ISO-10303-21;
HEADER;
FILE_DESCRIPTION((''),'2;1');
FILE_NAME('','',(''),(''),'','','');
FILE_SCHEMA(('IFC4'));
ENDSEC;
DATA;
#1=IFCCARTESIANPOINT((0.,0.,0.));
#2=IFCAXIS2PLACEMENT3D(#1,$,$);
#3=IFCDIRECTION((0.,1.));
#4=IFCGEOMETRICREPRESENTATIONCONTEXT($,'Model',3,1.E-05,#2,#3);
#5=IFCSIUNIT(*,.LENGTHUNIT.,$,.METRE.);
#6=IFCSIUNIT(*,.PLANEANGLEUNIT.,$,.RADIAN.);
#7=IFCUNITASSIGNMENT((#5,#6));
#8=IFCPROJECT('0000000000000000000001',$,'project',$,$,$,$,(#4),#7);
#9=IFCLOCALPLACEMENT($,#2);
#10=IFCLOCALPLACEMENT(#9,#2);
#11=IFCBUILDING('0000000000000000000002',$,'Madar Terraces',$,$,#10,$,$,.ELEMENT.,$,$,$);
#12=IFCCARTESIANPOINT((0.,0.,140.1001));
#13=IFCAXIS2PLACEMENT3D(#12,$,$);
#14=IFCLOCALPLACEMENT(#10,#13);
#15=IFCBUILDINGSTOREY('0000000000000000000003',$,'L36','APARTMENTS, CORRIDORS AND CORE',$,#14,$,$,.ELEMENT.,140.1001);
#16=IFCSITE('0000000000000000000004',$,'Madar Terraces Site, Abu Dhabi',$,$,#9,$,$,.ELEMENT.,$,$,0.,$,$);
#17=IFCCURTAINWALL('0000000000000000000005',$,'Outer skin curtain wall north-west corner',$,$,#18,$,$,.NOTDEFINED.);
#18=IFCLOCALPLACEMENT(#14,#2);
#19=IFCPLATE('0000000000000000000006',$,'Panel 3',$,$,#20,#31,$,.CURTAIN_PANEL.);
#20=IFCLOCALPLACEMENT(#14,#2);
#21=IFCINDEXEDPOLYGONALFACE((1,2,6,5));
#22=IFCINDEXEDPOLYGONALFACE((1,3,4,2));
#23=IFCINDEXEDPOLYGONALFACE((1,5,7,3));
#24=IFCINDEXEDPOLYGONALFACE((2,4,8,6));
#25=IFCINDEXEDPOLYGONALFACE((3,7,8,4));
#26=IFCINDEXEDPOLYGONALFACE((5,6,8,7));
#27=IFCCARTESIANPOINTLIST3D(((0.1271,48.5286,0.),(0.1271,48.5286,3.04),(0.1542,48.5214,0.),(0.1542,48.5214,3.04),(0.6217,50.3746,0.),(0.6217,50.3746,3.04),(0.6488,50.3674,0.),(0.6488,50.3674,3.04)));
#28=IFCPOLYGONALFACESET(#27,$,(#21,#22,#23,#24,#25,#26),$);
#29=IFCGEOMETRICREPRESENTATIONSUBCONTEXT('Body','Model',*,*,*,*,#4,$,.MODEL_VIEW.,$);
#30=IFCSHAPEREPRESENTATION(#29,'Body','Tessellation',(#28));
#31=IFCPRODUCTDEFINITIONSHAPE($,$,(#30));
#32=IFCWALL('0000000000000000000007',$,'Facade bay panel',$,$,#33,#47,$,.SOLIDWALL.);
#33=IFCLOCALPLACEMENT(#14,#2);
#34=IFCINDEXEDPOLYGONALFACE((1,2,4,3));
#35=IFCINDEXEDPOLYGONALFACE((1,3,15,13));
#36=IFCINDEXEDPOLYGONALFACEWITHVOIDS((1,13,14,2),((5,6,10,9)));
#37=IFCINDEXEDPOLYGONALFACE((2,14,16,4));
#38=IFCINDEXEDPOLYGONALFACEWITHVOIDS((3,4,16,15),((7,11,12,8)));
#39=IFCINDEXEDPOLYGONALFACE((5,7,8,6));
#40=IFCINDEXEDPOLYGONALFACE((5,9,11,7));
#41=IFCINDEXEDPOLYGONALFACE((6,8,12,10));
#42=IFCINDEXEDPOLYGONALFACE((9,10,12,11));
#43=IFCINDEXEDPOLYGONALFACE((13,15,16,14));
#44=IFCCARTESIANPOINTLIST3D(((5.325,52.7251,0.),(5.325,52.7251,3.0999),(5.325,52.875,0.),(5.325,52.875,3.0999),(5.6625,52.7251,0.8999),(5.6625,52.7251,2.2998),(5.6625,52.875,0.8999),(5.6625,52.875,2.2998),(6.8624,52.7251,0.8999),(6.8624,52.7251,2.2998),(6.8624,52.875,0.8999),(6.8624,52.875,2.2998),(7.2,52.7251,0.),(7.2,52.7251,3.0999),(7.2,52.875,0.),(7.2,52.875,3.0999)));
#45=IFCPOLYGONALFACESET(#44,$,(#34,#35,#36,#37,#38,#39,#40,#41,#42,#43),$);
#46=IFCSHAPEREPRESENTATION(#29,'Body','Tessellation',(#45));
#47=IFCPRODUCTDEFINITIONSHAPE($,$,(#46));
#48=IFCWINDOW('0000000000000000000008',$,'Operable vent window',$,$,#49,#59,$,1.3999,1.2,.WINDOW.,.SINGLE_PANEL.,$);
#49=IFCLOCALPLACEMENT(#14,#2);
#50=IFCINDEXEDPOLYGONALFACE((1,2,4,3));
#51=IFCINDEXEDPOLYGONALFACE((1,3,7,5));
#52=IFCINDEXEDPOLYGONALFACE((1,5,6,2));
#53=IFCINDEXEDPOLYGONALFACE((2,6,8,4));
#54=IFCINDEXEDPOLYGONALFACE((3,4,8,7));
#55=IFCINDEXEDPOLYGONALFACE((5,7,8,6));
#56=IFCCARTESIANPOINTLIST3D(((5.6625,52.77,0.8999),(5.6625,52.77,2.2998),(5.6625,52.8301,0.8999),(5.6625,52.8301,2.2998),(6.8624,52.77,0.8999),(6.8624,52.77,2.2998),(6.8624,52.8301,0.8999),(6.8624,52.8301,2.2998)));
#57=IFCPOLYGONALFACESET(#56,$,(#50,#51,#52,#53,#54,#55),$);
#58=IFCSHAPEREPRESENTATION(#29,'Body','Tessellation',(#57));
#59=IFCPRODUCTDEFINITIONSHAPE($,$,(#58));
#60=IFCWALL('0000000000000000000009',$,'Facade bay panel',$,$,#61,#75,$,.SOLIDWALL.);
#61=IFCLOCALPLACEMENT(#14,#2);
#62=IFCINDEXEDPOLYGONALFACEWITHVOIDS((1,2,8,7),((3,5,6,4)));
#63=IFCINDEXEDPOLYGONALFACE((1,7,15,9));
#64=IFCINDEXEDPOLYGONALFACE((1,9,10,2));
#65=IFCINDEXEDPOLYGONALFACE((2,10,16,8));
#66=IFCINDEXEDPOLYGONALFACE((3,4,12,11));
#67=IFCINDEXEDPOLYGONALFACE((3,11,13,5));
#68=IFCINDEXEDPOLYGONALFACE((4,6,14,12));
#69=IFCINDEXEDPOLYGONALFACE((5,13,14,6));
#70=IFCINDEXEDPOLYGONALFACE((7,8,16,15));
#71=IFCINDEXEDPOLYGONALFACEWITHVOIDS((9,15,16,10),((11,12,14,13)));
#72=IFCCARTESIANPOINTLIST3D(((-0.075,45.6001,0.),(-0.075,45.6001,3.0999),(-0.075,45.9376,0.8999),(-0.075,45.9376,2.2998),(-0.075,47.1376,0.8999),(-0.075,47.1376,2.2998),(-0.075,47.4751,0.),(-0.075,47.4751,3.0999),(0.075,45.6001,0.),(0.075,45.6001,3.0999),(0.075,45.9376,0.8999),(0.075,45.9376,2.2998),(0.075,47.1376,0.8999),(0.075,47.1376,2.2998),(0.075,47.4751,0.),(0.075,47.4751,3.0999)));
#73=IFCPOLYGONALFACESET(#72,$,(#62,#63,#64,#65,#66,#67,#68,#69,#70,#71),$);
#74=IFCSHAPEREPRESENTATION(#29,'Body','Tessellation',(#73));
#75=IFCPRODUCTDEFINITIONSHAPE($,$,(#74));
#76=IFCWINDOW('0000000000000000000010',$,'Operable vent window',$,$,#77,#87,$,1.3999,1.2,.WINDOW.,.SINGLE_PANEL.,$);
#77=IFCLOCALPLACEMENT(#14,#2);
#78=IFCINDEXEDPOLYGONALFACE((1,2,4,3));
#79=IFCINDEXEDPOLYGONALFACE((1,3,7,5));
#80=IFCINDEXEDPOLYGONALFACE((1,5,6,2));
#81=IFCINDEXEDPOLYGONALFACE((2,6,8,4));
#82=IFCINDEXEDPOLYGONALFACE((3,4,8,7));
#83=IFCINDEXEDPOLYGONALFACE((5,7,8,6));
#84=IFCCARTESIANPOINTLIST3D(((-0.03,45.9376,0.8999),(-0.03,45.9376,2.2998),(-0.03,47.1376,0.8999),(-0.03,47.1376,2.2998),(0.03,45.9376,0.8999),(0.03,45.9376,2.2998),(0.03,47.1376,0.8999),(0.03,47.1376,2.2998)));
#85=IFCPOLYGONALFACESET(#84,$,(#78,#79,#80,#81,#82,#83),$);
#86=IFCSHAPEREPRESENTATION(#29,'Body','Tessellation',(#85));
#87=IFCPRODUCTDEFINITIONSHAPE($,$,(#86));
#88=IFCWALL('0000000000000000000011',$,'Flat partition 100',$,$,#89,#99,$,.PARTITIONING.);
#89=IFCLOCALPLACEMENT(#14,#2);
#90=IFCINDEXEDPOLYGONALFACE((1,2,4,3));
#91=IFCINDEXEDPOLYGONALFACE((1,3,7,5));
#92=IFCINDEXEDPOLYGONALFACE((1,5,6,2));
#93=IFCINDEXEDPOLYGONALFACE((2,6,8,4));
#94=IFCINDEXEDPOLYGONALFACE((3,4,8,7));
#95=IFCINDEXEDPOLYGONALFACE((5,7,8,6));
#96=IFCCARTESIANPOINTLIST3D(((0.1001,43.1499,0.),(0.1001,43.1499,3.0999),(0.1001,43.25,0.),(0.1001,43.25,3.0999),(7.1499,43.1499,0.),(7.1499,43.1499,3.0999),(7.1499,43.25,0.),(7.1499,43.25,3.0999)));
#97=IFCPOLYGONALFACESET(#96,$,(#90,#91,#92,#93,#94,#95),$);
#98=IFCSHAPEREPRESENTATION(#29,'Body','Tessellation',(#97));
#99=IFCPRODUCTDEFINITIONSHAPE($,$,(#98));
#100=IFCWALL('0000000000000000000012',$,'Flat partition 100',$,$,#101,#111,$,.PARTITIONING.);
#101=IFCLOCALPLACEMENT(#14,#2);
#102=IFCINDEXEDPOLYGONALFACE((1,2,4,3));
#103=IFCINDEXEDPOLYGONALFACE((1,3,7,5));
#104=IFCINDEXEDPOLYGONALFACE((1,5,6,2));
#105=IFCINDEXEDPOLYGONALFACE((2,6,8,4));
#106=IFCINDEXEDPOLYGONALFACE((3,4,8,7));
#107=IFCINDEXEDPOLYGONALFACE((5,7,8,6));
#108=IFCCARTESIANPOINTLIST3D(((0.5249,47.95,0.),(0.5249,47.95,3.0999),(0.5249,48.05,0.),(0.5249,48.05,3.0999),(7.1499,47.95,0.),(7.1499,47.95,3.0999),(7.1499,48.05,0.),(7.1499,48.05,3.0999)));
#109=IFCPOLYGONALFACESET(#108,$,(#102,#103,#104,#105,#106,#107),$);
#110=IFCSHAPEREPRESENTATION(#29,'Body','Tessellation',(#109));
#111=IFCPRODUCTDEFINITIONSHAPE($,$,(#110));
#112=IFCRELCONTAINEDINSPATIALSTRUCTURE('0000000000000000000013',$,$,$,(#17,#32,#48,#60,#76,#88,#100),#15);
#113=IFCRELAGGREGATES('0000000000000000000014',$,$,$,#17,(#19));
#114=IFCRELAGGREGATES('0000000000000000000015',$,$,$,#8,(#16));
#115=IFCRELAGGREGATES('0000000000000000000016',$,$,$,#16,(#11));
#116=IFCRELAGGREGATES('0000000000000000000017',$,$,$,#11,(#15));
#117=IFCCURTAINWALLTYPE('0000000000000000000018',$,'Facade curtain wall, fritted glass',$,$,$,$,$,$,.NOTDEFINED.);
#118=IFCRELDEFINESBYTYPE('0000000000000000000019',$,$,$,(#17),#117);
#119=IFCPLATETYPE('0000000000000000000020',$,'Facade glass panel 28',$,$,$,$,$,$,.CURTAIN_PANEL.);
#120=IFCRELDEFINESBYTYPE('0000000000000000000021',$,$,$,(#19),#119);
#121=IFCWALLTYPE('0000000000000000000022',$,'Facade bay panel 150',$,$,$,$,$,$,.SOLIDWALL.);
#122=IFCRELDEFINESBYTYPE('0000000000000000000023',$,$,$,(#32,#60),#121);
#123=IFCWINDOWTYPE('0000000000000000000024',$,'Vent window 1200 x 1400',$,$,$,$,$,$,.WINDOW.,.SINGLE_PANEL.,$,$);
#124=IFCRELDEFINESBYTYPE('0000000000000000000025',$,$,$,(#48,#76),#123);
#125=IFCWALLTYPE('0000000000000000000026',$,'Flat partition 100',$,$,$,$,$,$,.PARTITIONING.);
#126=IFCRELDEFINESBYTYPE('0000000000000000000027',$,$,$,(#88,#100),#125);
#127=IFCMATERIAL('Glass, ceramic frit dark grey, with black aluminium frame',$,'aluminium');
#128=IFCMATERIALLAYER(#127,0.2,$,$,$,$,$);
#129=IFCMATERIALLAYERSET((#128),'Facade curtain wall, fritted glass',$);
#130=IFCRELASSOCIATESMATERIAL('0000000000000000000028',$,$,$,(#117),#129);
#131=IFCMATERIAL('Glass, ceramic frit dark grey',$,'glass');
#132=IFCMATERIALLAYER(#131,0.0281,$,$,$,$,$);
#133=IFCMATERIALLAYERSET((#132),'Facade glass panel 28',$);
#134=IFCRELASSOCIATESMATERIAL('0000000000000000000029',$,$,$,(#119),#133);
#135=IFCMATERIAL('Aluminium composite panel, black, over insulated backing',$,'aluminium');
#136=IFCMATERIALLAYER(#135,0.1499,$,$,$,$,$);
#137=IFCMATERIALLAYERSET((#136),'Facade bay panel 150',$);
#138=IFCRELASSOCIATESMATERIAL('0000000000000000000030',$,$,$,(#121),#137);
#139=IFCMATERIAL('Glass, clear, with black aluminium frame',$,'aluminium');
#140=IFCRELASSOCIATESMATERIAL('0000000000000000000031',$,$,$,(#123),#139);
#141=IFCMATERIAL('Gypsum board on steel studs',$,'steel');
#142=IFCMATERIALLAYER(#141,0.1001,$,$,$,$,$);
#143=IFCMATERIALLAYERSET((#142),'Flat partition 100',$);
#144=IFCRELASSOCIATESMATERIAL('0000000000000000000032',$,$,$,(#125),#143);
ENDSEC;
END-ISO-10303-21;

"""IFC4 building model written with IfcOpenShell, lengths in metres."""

from ifc_helpers import new_model, si_unit, direction, frame, frame_2d, origin, origin_2d, place, context, subcontext, project, spatial, rectangle, extrude, material, layer, layer_set, type_object, element, fill, aggregate, save


model = new_model("IFC4")

# Units and contexts
model_context = context("Model", 3, precision=1e-05, world=origin(), true_north=direction((0.0, 1.0)))
body_context = subcontext(model_context, "Body", "Model", "MODEL_VIEW")
ifc_project = project(units=[si_unit("LENGTHUNIT", "METRE"), si_unit("PLANEANGLEUNIT", "RADIAN")], contexts=[model_context])

# Site, building, storey
site_placement = place(None, origin())
site = spatial("IfcSite", under=ifc_project, at=site_placement, Name="Madar Terraces Site, Abu Dhabi", CompositionType="ELEMENT", RefElevation=0.0)
building_placement = place(site_placement, origin())
building = spatial("IfcBuilding", under=site, at=building_placement, Name="Madar Terraces", CompositionType="ELEMENT")
storey_placement = place(building_placement, frame((0.0, 0.0, 140.1001)))
storey = spatial("IfcBuildingStorey", under=building, at=storey_placement, Name="L36", Description="APARTMENTS, CORRIDORS AND CORE", CompositionType="ELEMENT", Elevation=140.1001)

# Shared definitions
ifc_material_1 = material(Name="Glass, ceramic frit dark grey, with black aluminium frame", Category="aluminium")
ifc_layer_1 = layer(ifc_material_1, 0.2)
ifc_layer_set_1 = layer_set([ifc_layer_1], Name="Facade curtain wall, fritted glass")
curtain_wall_type = type_object("IfcCurtainWallType", Name="Facade curtain wall, fritted glass", PredefinedType="NOTDEFINED", material=ifc_layer_set_1)

# Curtain wall
curtain_wall_1_placement = place(storey_placement, origin())
curtain_wall_1 = element("IfcCurtainWall", 1, at=curtain_wall_1_placement, inside=storey, type_object=curtain_wall_type, Name="Outer skin curtain wall north-west corner", PredefinedType="NOTDEFINED")

# Plate
ifc_material_2 = material(Name="Glass, ceramic frit dark grey", Category="glass")
ifc_layer_2 = layer(ifc_material_2, 0.0281)
ifc_layer_set_2 = layer_set([ifc_layer_2], Name="Facade glass panel 28")
plate_type = type_object("IfcPlateType", Name="Facade glass panel 28", PredefinedType="CURTAIN_PANEL", material=ifc_layer_set_2)
plate_1_placement = place(storey_placement, frame((0.3879, 49.448, 0.0), z_axis=(0.0, 0.0, 1.0), x_axis=(-0.258819, -0.965926, 0.0)))
plate_1 = element("IfcPlate", 2, at=plate_1_placement, type_object=plate_type, Name="Panel 3", PredefinedType="CURTAIN_PANEL", context=body_context, shape_type="SweptSolid", body=[
    extrude(rectangle(XDim=1.9111, YDim=0.0281, at=origin_2d()), origin(), (0.0, 0.0, 1.0), 3.04),
])
aggregate(curtain_wall_1, [plate_1])

# Walls, openings, windows
ifc_material_3 = material(Name="Aluminium composite panel, black, over insulated backing", Category="aluminium")
ifc_layer_3 = layer(ifc_material_3, 0.1499)
ifc_layer_set_3 = layer_set([ifc_layer_3], Name="Facade bay panel 150")
wall_type_1 = type_object("IfcWallType", Name="Facade bay panel 150", PredefinedType="SOLIDWALL", material=ifc_layer_set_3)
wall_1_placement = place(storey_placement, frame((7.2, 52.8, 0.0), z_axis=(0.0, 0.0, 1.0), x_axis=(-1.0, 0.0, 0.0)))
wall_1 = element("IfcWall", 3, at=wall_1_placement, inside=storey, type_object=wall_type_1, Name="Facade bay panel", PredefinedType="SOLIDWALL", context=body_context, shape_type="SweptSolid", body=[
    extrude(rectangle(XDim=1.875, YDim=0.1499, at=frame_2d((0.9375, 0.0))), origin(), (0.0, 0.0, 1.0), 3.0999),
])
opening_1_placement = place(wall_1_placement, frame((0.3374, 0.0, 0.8999)))
opening_1 = element("IfcOpeningElement", 4, at=opening_1_placement, cuts=wall_1, PredefinedType="OPENING", context=body_context, shape_type="SweptSolid", body=[
    extrude(rectangle(XDim=1.2, YDim=1.3999, at=frame_2d((0.6001, 0.7))), frame((0.0, 0.085, 0.0), z_axis=(0.0, -1.0, 0.0), x_axis=(1.0, 0.0, 0.0)), (0.0, 0.0, 1.0), 0.1699),
])
ifc_material_4 = material(Name="Glass, clear, with black aluminium frame", Category="aluminium")
window_type = type_object("IfcWindowType", Name="Vent window 1200 x 1400", PartitioningType="SINGLE_PANEL", PredefinedType="WINDOW", material=ifc_material_4)
window_1_placement = place(opening_1_placement, origin())
window_1 = element("IfcWindow", 5, at=window_1_placement, inside=storey, type_object=window_type, Name="Operable vent window", OverallHeight=1.3999, OverallWidth=1.2, PartitioningType="SINGLE_PANEL", PredefinedType="WINDOW", context=body_context, shape_type="SweptSolid", body=[
    extrude(rectangle(XDim=1.2, YDim=1.3999, at=frame_2d((0.6001, 0.7))), frame((0.0, 0.03, 0.0), z_axis=(0.0, -1.0, 0.0), x_axis=(1.0, 0.0, 0.0)), (0.0, 0.0, 1.0), 0.0601),
])
fill(opening_1, window_1)
wall_2_placement = place(storey_placement, frame((0.0, 47.4751, 0.0), z_axis=(0.0, 0.0, 1.0), x_axis=(0.0, -1.0, 0.0)))
wall_2 = element("IfcWall", 6, at=wall_2_placement, inside=storey, type_object=wall_type_1, Name="Facade bay panel", PredefinedType="SOLIDWALL", context=body_context, shape_type="SweptSolid", body=[
    extrude(rectangle(XDim=1.875, YDim=0.1499, at=frame_2d((0.9375, 0.0))), origin(), (0.0, 0.0, 1.0), 3.0999),
])
opening_2_placement = place(wall_2_placement, frame((0.3374, 0.0, 0.8999)))
opening_2 = element("IfcOpeningElement", 7, at=opening_2_placement, cuts=wall_2, PredefinedType="OPENING", context=body_context, shape_type="SweptSolid", body=[
    extrude(rectangle(XDim=1.2, YDim=1.3999, at=frame_2d((0.6001, 0.7))), frame((0.0, 0.085, 0.0), z_axis=(0.0, -1.0, 0.0), x_axis=(1.0, 0.0, 0.0)), (0.0, 0.0, 1.0), 0.1699),
])
window_2_placement = place(opening_2_placement, origin())
window_2 = element("IfcWindow", 8, at=window_2_placement, inside=storey, type_object=window_type, Name="Operable vent window", OverallHeight=1.3999, OverallWidth=1.2, PartitioningType="SINGLE_PANEL", PredefinedType="WINDOW", context=body_context, shape_type="SweptSolid", body=[
    extrude(rectangle(XDim=1.2, YDim=1.3999, at=frame_2d((0.6001, 0.7))), frame((0.0, 0.03, 0.0), z_axis=(0.0, -1.0, 0.0), x_axis=(1.0, 0.0, 0.0)), (0.0, 0.0, 1.0), 0.0601),
])
fill(opening_2, window_2)

# Walls
ifc_material_5 = material(Name="Gypsum board on steel studs", Category="steel")
ifc_layer_4 = layer(ifc_material_5, 0.1001)
ifc_layer_set_4 = layer_set([ifc_layer_4], Name="Flat partition 100")
wall_type_2 = type_object("IfcWallType", Name="Flat partition 100", PredefinedType="PARTITIONING", material=ifc_layer_set_4)
wall_3_placement = place(storey_placement, frame((7.1499, 43.2, 0.0), z_axis=(0.0, 0.0, 1.0), x_axis=(-1.0, 0.0, 0.0)))
element("IfcWall", 9, at=wall_3_placement, inside=storey, type_object=wall_type_2, Name="Flat partition 100", PredefinedType="PARTITIONING", context=body_context, shape_type="SweptSolid", body=[
    extrude(rectangle(XDim=7.0498, YDim=0.1001, at=frame_2d((3.5249, 0.0))), origin(), (0.0, 0.0, 1.0), 3.0999),
])
wall_4_placement = place(storey_placement, frame((7.1499, 48.0, 0.0), z_axis=(0.0, 0.0, 1.0), x_axis=(-1.0, 0.0, 0.0)))
element("IfcWall", 10, at=wall_4_placement, inside=storey, type_object=wall_type_2, Name="Flat partition 100", PredefinedType="PARTITIONING", context=body_context, shape_type="SweptSolid", body=[
    extrude(rectangle(XDim=6.625, YDim=0.1001, at=frame_2d((3.3125, 0.0))), origin(), (0.0, 0.0, 1.0), 3.0999),
])

save(model, "model.ifc")
